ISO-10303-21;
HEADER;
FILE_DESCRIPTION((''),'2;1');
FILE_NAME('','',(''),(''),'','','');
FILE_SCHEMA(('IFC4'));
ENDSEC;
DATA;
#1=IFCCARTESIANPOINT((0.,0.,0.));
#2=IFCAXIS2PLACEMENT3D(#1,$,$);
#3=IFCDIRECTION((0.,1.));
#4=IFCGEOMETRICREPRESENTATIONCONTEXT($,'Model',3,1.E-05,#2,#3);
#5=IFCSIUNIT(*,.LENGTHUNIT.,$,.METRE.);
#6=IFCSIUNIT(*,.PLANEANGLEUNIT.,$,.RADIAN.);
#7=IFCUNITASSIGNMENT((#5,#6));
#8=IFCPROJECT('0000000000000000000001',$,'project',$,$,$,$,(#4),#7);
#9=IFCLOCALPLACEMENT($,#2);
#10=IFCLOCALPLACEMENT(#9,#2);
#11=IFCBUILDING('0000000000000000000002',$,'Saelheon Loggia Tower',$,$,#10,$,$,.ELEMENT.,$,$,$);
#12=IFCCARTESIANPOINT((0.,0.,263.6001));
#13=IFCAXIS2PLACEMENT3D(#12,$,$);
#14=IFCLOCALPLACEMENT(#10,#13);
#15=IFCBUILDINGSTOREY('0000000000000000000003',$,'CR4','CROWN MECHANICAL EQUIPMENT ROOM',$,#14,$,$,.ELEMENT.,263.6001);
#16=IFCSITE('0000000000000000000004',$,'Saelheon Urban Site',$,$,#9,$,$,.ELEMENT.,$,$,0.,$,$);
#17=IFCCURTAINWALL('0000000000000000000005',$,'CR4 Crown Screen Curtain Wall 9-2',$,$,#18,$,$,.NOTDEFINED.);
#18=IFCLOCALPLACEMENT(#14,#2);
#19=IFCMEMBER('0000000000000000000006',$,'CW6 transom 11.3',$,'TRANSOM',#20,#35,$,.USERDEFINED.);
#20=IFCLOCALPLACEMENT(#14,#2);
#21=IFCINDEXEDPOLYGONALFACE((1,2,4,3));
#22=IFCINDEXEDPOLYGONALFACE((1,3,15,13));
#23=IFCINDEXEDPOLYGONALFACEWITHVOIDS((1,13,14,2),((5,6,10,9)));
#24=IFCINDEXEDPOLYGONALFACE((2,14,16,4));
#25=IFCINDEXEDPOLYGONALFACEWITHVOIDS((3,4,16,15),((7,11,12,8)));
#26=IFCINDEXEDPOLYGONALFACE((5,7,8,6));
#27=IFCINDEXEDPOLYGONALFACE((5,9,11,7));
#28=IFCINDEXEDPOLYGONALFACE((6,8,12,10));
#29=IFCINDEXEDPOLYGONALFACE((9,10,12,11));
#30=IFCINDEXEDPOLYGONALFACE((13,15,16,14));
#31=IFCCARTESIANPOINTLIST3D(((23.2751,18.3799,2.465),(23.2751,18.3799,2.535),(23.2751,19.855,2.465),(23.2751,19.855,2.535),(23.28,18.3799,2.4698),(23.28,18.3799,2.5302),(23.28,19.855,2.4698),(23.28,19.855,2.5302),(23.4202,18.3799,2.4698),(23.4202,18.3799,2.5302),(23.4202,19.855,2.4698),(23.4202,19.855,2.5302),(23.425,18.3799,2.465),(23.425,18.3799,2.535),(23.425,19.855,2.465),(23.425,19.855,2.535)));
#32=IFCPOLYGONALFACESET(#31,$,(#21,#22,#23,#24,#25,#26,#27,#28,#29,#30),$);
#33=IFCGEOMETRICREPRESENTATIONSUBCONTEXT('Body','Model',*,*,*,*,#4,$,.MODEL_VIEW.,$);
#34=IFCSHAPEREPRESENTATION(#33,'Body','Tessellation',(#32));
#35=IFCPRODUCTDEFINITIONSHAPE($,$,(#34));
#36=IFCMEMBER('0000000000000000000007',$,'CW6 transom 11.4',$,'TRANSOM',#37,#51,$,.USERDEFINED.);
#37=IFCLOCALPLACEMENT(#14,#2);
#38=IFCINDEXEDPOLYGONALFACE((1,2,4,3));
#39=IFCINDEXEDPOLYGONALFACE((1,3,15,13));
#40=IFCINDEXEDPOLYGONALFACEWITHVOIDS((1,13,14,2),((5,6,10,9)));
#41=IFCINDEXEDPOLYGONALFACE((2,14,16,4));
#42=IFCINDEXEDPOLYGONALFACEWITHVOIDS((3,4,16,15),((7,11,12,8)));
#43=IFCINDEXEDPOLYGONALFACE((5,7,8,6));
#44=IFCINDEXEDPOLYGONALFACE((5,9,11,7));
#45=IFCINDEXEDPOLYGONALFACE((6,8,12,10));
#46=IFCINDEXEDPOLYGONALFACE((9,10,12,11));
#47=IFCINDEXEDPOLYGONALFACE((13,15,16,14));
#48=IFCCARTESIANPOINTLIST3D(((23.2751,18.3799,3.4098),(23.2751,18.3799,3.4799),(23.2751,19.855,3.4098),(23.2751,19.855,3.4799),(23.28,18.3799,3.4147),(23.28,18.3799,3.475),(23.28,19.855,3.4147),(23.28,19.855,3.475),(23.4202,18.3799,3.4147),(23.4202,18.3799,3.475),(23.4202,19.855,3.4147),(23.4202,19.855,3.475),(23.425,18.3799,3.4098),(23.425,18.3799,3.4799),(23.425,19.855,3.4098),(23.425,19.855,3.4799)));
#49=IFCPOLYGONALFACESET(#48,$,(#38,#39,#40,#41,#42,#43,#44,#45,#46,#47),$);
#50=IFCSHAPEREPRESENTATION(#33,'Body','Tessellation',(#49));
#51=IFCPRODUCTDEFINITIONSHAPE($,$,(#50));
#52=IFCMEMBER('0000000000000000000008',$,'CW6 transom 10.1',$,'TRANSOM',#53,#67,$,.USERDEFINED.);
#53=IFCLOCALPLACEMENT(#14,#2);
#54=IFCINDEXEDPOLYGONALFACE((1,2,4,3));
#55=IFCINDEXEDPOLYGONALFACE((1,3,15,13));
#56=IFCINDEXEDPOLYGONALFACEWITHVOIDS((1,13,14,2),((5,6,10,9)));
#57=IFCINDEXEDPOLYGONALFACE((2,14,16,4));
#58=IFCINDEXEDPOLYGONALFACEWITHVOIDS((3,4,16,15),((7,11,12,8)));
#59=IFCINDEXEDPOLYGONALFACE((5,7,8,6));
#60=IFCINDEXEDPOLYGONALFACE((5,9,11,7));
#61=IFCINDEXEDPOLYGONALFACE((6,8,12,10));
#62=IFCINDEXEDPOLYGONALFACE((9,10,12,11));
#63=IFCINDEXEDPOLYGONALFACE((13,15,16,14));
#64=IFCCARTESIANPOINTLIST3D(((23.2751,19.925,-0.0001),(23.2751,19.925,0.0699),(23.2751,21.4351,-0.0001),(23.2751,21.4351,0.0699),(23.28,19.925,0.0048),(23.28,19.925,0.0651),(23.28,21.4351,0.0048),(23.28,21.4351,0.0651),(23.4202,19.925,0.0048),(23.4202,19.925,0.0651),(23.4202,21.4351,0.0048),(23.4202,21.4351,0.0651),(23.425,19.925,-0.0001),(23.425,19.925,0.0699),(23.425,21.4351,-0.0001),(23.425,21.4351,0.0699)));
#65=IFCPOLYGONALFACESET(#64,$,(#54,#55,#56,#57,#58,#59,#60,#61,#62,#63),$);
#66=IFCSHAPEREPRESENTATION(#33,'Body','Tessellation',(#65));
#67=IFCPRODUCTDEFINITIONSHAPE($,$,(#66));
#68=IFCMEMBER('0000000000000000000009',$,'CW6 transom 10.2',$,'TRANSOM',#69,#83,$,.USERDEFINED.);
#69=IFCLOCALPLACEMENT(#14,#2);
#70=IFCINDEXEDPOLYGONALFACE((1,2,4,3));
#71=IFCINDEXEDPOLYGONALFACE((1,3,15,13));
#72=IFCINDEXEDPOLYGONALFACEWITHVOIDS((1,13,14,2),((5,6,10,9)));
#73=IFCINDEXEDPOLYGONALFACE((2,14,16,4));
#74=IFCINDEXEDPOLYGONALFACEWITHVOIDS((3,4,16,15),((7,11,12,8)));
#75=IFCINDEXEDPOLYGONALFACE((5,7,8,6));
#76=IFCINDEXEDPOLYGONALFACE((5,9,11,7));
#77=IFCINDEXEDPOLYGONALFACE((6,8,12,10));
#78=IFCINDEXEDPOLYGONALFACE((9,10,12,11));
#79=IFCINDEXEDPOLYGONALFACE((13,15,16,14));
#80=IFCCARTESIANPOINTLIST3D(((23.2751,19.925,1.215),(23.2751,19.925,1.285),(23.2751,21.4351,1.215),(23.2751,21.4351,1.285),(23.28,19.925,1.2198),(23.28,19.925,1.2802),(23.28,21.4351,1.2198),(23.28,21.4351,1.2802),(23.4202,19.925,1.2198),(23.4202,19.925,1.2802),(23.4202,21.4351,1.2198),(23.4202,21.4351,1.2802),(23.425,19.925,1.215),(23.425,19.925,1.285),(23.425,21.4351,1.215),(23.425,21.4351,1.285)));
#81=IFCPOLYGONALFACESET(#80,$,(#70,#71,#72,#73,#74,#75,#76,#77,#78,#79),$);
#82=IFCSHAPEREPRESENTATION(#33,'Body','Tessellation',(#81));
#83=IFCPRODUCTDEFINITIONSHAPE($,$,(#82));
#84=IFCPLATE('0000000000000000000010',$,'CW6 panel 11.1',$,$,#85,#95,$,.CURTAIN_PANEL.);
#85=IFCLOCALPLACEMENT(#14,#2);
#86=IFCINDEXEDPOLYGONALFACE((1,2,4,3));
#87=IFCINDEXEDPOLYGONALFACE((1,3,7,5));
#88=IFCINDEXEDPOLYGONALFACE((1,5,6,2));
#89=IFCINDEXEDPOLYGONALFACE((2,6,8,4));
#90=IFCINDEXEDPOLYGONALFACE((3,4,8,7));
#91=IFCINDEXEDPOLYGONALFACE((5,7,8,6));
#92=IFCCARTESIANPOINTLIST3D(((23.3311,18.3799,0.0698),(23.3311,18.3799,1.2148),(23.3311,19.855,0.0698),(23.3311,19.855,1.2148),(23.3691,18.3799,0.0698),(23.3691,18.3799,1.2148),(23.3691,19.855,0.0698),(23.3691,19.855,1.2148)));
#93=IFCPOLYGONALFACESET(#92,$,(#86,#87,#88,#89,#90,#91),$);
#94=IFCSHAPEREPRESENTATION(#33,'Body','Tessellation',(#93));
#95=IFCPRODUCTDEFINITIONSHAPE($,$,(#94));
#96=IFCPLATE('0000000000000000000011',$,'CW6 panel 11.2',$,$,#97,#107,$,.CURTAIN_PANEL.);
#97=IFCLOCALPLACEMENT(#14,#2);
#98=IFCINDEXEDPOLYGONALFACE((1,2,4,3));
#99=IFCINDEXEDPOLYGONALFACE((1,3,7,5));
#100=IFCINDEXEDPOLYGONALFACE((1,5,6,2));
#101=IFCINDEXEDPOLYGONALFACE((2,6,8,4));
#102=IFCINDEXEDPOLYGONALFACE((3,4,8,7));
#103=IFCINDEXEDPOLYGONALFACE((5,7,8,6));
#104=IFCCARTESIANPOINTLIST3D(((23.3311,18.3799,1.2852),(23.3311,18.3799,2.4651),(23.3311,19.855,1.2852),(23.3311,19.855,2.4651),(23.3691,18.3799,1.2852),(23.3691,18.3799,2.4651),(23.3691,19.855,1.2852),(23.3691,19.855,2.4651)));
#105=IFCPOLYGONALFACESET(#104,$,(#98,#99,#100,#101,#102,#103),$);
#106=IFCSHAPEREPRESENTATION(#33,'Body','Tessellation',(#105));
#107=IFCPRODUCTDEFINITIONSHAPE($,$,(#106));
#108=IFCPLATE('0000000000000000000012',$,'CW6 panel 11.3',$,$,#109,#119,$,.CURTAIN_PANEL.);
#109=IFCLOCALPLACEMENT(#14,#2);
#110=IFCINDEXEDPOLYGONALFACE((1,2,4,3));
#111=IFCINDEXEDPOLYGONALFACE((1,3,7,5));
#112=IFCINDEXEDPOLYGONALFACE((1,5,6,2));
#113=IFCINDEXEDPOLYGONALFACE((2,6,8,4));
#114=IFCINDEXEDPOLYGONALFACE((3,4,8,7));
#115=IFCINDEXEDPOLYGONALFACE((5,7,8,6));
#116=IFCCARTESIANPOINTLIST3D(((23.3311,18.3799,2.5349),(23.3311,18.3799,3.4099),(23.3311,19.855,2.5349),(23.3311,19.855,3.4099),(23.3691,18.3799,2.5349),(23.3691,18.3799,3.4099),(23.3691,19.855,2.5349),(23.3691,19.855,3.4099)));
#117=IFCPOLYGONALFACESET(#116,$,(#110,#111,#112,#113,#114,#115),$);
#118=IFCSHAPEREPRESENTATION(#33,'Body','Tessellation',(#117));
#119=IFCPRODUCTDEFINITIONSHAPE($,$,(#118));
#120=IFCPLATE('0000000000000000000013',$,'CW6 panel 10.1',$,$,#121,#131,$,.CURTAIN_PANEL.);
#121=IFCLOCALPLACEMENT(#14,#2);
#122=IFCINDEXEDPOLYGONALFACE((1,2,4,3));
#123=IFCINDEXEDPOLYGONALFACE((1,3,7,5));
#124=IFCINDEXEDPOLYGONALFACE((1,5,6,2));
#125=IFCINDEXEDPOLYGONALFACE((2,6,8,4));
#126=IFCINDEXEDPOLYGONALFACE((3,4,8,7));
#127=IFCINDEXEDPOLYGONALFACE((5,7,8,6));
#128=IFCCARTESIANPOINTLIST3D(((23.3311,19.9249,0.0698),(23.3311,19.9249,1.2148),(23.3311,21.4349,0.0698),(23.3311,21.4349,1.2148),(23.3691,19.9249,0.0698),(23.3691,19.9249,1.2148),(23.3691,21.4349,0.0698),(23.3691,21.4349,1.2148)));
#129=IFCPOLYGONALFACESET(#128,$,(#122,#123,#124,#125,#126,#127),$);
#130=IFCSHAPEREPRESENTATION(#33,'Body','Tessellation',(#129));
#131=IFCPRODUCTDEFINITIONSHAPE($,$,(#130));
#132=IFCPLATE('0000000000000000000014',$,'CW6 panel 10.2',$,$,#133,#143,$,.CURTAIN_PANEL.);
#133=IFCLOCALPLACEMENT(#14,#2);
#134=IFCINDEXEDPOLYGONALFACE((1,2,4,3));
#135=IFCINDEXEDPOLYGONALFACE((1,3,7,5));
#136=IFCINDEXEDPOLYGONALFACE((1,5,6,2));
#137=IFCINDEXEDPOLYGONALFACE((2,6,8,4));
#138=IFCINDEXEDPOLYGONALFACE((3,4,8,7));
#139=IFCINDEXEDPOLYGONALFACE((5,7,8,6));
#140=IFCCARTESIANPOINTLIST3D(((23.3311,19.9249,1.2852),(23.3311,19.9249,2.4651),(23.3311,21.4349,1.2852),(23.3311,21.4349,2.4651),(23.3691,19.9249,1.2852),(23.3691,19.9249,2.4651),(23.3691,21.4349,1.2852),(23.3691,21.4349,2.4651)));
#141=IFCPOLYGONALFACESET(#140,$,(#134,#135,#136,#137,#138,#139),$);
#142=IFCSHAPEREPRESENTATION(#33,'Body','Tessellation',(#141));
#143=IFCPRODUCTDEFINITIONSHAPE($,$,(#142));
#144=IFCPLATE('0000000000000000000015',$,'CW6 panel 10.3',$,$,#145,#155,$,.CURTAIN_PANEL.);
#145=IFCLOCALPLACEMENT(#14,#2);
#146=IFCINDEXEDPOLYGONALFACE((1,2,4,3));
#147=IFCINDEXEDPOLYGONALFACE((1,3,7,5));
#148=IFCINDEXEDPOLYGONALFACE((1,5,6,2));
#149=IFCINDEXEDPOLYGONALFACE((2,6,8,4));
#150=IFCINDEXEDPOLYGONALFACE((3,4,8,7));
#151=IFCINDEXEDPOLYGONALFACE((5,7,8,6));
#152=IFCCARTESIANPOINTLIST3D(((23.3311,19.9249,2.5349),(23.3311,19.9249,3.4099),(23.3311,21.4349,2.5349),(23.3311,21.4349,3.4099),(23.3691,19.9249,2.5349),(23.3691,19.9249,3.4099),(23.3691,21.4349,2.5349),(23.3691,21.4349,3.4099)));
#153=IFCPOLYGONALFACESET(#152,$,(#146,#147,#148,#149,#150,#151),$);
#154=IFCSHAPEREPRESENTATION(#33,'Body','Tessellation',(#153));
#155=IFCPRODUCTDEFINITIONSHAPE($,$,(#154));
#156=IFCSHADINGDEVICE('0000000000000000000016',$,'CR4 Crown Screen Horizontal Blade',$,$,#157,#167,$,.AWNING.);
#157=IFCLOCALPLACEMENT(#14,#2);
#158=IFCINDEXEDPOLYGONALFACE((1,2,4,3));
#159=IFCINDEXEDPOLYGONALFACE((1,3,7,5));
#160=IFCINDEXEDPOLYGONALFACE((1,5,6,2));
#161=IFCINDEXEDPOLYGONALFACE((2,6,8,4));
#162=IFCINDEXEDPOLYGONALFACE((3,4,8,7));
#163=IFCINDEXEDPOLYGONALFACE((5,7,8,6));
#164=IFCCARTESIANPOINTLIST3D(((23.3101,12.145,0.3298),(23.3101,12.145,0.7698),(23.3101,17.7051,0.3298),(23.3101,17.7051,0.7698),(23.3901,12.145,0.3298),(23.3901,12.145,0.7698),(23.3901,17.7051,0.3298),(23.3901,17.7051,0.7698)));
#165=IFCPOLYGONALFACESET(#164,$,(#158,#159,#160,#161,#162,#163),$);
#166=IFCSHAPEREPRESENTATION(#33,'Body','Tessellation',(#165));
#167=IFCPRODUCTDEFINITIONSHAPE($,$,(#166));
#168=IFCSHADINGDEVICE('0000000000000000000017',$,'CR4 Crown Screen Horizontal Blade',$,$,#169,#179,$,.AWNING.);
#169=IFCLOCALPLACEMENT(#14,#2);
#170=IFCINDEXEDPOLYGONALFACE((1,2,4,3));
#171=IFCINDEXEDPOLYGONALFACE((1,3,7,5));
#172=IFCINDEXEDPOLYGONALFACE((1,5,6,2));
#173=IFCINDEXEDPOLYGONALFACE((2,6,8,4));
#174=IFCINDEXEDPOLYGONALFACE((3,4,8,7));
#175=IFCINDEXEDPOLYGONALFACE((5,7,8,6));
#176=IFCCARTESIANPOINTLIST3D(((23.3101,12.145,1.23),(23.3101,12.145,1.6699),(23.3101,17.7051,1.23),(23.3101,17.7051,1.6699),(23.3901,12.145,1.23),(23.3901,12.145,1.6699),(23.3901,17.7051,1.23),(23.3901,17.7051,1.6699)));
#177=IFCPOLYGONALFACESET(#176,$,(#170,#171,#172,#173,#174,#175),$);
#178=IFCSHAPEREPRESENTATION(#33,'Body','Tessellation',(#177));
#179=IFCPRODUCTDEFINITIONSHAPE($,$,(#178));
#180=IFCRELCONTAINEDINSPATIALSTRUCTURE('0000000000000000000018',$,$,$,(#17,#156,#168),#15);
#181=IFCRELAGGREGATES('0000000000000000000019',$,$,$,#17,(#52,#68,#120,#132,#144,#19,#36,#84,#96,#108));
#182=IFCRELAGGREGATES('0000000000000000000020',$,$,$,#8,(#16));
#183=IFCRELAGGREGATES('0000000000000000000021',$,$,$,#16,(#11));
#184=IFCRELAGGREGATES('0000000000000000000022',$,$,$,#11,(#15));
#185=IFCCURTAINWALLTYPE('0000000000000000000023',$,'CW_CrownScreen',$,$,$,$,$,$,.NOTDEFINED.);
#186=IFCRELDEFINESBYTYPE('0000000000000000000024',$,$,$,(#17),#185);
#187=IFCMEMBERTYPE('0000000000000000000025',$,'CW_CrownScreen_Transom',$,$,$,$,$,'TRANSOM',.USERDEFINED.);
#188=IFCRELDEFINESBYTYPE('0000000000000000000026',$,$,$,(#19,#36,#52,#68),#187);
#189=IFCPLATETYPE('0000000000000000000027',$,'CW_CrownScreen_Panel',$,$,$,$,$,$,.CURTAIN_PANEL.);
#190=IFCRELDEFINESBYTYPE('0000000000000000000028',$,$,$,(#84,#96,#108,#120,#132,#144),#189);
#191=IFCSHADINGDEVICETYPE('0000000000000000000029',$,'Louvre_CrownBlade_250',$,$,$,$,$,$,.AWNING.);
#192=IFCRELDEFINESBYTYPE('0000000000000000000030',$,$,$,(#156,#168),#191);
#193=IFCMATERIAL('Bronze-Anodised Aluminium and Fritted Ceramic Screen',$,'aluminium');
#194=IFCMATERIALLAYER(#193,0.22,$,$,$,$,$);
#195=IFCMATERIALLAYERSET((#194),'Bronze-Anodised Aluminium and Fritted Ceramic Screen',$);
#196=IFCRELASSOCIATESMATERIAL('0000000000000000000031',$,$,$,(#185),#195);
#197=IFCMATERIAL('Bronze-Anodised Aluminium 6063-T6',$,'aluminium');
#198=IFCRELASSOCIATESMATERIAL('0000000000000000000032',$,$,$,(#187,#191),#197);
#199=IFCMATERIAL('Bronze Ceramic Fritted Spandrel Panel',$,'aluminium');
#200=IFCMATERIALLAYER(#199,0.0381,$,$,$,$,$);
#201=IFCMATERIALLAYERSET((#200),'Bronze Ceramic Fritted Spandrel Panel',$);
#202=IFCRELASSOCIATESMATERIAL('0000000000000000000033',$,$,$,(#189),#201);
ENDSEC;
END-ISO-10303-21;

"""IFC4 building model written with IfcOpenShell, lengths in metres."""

from ifc_helpers import new_model, si_unit, direction, frame, origin, origin_2d, place, context, subcontext, project, spatial, rectangle, hollow_rectangle, extrude, source, transform, mapped, material, layer, layer_set, material_profile, profile_set, type_object, element, aggregate, save


model = new_model("IFC4")

# Units and contexts
model_context = context("Model", 3, precision=1e-05, world=origin(), true_north=direction((0.0, 1.0)))
body_context = subcontext(model_context, "Body", "Model", "MODEL_VIEW")
ifc_project = project(units=[si_unit("LENGTHUNIT", "METRE"), si_unit("PLANEANGLEUNIT", "RADIAN")], contexts=[model_context])

# Site, building, storey
site_placement = place(None, origin())
site = spatial("IfcSite", under=ifc_project, at=site_placement, Name="Saelheon Urban Site", CompositionType="ELEMENT", RefElevation=0.0)
building_placement = place(site_placement, origin())
building = spatial("IfcBuilding", under=site, at=building_placement, Name="Saelheon Loggia Tower", CompositionType="ELEMENT")
storey_placement = place(building_placement, frame((0.0, 0.0, 263.6001)))
storey = spatial("IfcBuildingStorey", under=building, at=storey_placement, Name="CR4", Description="CROWN MECHANICAL EQUIPMENT ROOM", CompositionType="ELEMENT", Elevation=263.6001)

# Curtain wall
ifc_material_1 = material(Name="Bronze-Anodised Aluminium and Fritted Ceramic Screen", Category="aluminium")
ifc_layer_1 = layer(ifc_material_1, 0.22)
ifc_layer_set_1 = layer_set([ifc_layer_1], Name="Bronze-Anodised Aluminium and Fritted Ceramic Screen")
curtain_wall_type = type_object("IfcCurtainWallType", Name="CW_CrownScreen", PredefinedType="NOTDEFINED", material=ifc_layer_set_1)
curtain_wall_1_placement = place(storey_placement, origin())
curtain_wall_1 = element("IfcCurtainWall", 1, at=curtain_wall_1_placement, inside=storey, type_object=curtain_wall_type, Name="CR4 Crown Screen Curtain Wall 9-2", PredefinedType="NOTDEFINED")
ifc_material_2 = material(Name="Bronze-Anodised Aluminium 6063-T6", Category="aluminium")
ifc_material_profile_1 = material_profile(ifc_material_2, hollow_rectangle(XDim=0.0701, YDim=0.1499, WallThickness=0.0049, at=origin_2d()), Name="RHS-150x70x5")
ifc_profile_set_1 = profile_set([ifc_material_profile_1], Name="Bronze-Anodised Aluminium 6063-T6")
member_type_1 = type_object("IfcMemberType", Name="CW_CrownScreen_Transom", ElementType="TRANSOM", PredefinedType="USERDEFINED", material=ifc_profile_set_1)

# Members
shared_shape_1 = source(origin(), body_context, "Body", "SweptSolid", [
    extrude(hollow_rectangle(XDim=0.0701, YDim=0.1499, WallThickness=0.0049, at=origin_2d()), origin(), (0.0, 0.0, 1.0), 1.4751),
])
member_1_placement = place(storey_placement, frame((23.3501, 19.855, 2.5), z_axis=(0.0, -1.0, 0.0), x_axis=(0.0, 0.0, 1.0)))
member_1 = element("IfcMember", 2, at=member_1_placement, type_object=member_type_1, Name="CW6 transom 11.3", ObjectType="TRANSOM", PredefinedType="USERDEFINED", context=body_context, shape_type="MappedRepresentation", body=[
    mapped(shared_shape_1, transform((0.0, 0.0, 0.0), scale=1.0)),
])
member_2_placement = place(storey_placement, frame((23.3501, 19.855, 3.4448), z_axis=(0.0, -1.0, 0.0), x_axis=(0.0, 0.0, 1.0)))
member_2 = element("IfcMember", 3, at=member_2_placement, type_object=member_type_1, Name="CW6 transom 11.4", ObjectType="TRANSOM", PredefinedType="USERDEFINED", context=body_context, shape_type="MappedRepresentation", body=[
    mapped(shared_shape_1, transform((0.0, 0.0, 0.0), scale=1.0)),
])
shared_shape_2 = source(origin(), body_context, "Body", "SweptSolid", [
    extrude(hollow_rectangle(XDim=0.0701, YDim=0.1499, WallThickness=0.0049, at=origin_2d()), origin(), (0.0, 0.0, 1.0), 1.51),
])
member_3_placement = place(storey_placement, frame((23.3501, 21.4351, 0.0349), z_axis=(0.0, -1.0, 0.0), x_axis=(0.0, 0.0, 1.0)))
member_3 = element("IfcMember", 4, at=member_3_placement, type_object=member_type_1, Name="CW6 transom 10.1", ObjectType="TRANSOM", PredefinedType="USERDEFINED", context=body_context, shape_type="MappedRepresentation", body=[
    mapped(shared_shape_2, transform((0.0, 0.0, 0.0), scale=1.0)),
])
member_4_placement = place(storey_placement, frame((23.3501, 21.4351, 1.25), z_axis=(0.0, -1.0, 0.0), x_axis=(0.0, 0.0, 1.0)))
member_4 = element("IfcMember", 5, at=member_4_placement, type_object=member_type_1, Name="CW6 transom 10.2", ObjectType="TRANSOM", PredefinedType="USERDEFINED", context=body_context, shape_type="MappedRepresentation", body=[
    mapped(shared_shape_2, transform((0.0, 0.0, 0.0), scale=1.0)),
])

# Plates
ifc_material_3 = material(Name="Bronze Ceramic Fritted Spandrel Panel", Category="aluminium")
ifc_layer_2 = layer(ifc_material_3, 0.0381)
ifc_layer_set_2 = layer_set([ifc_layer_2], Name="Bronze Ceramic Fritted Spandrel Panel")
plate_type = type_object("IfcPlateType", Name="CW_CrownScreen_Panel", PredefinedType="CURTAIN_PANEL", material=ifc_layer_set_2)
shared_shape_3 = source(origin(), body_context, "Body", "SweptSolid", [
    extrude(rectangle(XDim=1.4751, YDim=0.0381, at=origin_2d()), origin(), (0.0, 0.0, 1.0), 1.145),
])
plate_1_placement = place(storey_placement, frame((23.3501, 19.1174, 0.0698), z_axis=(0.0, 0.0, 1.0), x_axis=(0.0, -1.0, 0.0)))
plate_1 = element("IfcPlate", 6, at=plate_1_placement, type_object=plate_type, Name="CW6 panel 11.1", PredefinedType="CURTAIN_PANEL", context=body_context, shape_type="MappedRepresentation", body=[
    mapped(shared_shape_3, transform((0.0, 0.0, 0.0), scale=1.0)),
])
shared_shape_4 = source(origin(), body_context, "Body", "SweptSolid", [
    extrude(rectangle(XDim=1.4751, YDim=0.0381, at=origin_2d()), origin(), (0.0, 0.0, 1.0), 1.1799),
])
plate_2_placement = place(storey_placement, frame((23.3501, 19.1174, 1.2852), z_axis=(0.0, 0.0, 1.0), x_axis=(0.0, -1.0, 0.0)))
plate_2 = element("IfcPlate", 7, at=plate_2_placement, type_object=plate_type, Name="CW6 panel 11.2", PredefinedType="CURTAIN_PANEL", context=body_context, shape_type="MappedRepresentation", body=[
    mapped(shared_shape_4, transform((0.0, 0.0, 0.0), scale=1.0)),
])
shared_shape_5 = source(origin(), body_context, "Body", "SweptSolid", [
    extrude(rectangle(XDim=1.4751, YDim=0.0381, at=origin_2d()), origin(), (0.0, 0.0, 1.0), 0.875),
])
plate_3_placement = place(storey_placement, frame((23.3501, 19.1174, 2.5349), z_axis=(0.0, 0.0, 1.0), x_axis=(0.0, -1.0, 0.0)))
plate_3 = element("IfcPlate", 8, at=plate_3_placement, type_object=plate_type, Name="CW6 panel 11.3", PredefinedType="CURTAIN_PANEL", context=body_context, shape_type="MappedRepresentation", body=[
    mapped(shared_shape_5, transform((0.0, 0.0, 0.0), scale=1.0)),
])
shared_shape_6 = source(origin(), body_context, "Body", "SweptSolid", [
    extrude(rectangle(XDim=1.51, YDim=0.0381, at=origin_2d()), origin(), (0.0, 0.0, 1.0), 1.145),
])
plate_4_placement = place(storey_placement, frame((23.3501, 20.6799, 0.0698), z_axis=(0.0, 0.0, 1.0), x_axis=(0.0, -1.0, 0.0)))
plate_4 = element("IfcPlate", 9, at=plate_4_placement, type_object=plate_type, Name="CW6 panel 10.1", PredefinedType="CURTAIN_PANEL", context=body_context, shape_type="MappedRepresentation", body=[
    mapped(shared_shape_6, transform((0.0, 0.0, 0.0), scale=1.0)),
])
shared_shape_7 = source(origin(), body_context, "Body", "SweptSolid", [
    extrude(rectangle(XDim=1.51, YDim=0.0381, at=origin_2d()), origin(), (0.0, 0.0, 1.0), 1.1799),
])
plate_5_placement = place(storey_placement, frame((23.3501, 20.6799, 1.2852), z_axis=(0.0, 0.0, 1.0), x_axis=(0.0, -1.0, 0.0)))
plate_5 = element("IfcPlate", 10, at=plate_5_placement, type_object=plate_type, Name="CW6 panel 10.2", PredefinedType="CURTAIN_PANEL", context=body_context, shape_type="MappedRepresentation", body=[
    mapped(shared_shape_7, transform((0.0, 0.0, 0.0), scale=1.0)),
])
shared_shape_8 = source(origin(), body_context, "Body", "SweptSolid", [
    extrude(rectangle(XDim=1.51, YDim=0.0381, at=origin_2d()), origin(), (0.0, 0.0, 1.0), 0.875),
])
plate_6_placement = place(storey_placement, frame((23.3501, 20.6799, 2.5349), z_axis=(0.0, 0.0, 1.0), x_axis=(0.0, -1.0, 0.0)))
plate_6 = element("IfcPlate", 11, at=plate_6_placement, type_object=plate_type, Name="CW6 panel 10.3", PredefinedType="CURTAIN_PANEL", context=body_context, shape_type="MappedRepresentation", body=[
    mapped(shared_shape_8, transform((0.0, 0.0, 0.0), scale=1.0)),
])
aggregate(curtain_wall_1, [member_3, member_4, plate_4, plate_5, plate_6, member_1, member_2, plate_1, plate_2, plate_3])

# Shading devices
ifc_material_profile_2 = material_profile(ifc_material_2, rectangle(XDim=0.0801, YDim=0.4399, at=origin_2d()), Name="Louvre_CrownBlade_250")
ifc_profile_set_2 = profile_set([ifc_material_profile_2], Name="Bronze-Anodised Aluminium 6063-T6")
shading_device_type = type_object("IfcShadingDeviceType", Name="Louvre_CrownBlade_250", PredefinedType="AWNING", material=ifc_profile_set_2)
shared_shape_9 = source(origin(), body_context, "Body", "SweptSolid", [
    extrude(rectangle(XDim=0.0801, YDim=0.4399, at=origin_2d()), origin(), (0.0, 0.0, 1.0), 5.5601),
])
for number, where, z_axis, x_axis, name in (
    (12, (23.3501, 17.7051, 0.5498), (0.0, -1.0, 0.0), (1.0, 0.0, 0.0), "CR4 Crown Screen Horizontal Blade"),
    (13, (23.3501, 17.7051, 1.45), (0.0, -1.0, 0.0), (1.0, 0.0, 0.0), "CR4 Crown Screen Horizontal Blade"),
):
    element("IfcShadingDevice", number, at=place(storey_placement, frame(where, z_axis=z_axis, x_axis=x_axis)), inside=storey, type_object=shading_device_type, Name=name, PredefinedType="AWNING", context=body_context, shape_type="MappedRepresentation", body=[
        mapped(shared_shape_9, transform((0.0, 0.0, 0.0), scale=1.0)),
    ])

save(model, "model.ifc")
